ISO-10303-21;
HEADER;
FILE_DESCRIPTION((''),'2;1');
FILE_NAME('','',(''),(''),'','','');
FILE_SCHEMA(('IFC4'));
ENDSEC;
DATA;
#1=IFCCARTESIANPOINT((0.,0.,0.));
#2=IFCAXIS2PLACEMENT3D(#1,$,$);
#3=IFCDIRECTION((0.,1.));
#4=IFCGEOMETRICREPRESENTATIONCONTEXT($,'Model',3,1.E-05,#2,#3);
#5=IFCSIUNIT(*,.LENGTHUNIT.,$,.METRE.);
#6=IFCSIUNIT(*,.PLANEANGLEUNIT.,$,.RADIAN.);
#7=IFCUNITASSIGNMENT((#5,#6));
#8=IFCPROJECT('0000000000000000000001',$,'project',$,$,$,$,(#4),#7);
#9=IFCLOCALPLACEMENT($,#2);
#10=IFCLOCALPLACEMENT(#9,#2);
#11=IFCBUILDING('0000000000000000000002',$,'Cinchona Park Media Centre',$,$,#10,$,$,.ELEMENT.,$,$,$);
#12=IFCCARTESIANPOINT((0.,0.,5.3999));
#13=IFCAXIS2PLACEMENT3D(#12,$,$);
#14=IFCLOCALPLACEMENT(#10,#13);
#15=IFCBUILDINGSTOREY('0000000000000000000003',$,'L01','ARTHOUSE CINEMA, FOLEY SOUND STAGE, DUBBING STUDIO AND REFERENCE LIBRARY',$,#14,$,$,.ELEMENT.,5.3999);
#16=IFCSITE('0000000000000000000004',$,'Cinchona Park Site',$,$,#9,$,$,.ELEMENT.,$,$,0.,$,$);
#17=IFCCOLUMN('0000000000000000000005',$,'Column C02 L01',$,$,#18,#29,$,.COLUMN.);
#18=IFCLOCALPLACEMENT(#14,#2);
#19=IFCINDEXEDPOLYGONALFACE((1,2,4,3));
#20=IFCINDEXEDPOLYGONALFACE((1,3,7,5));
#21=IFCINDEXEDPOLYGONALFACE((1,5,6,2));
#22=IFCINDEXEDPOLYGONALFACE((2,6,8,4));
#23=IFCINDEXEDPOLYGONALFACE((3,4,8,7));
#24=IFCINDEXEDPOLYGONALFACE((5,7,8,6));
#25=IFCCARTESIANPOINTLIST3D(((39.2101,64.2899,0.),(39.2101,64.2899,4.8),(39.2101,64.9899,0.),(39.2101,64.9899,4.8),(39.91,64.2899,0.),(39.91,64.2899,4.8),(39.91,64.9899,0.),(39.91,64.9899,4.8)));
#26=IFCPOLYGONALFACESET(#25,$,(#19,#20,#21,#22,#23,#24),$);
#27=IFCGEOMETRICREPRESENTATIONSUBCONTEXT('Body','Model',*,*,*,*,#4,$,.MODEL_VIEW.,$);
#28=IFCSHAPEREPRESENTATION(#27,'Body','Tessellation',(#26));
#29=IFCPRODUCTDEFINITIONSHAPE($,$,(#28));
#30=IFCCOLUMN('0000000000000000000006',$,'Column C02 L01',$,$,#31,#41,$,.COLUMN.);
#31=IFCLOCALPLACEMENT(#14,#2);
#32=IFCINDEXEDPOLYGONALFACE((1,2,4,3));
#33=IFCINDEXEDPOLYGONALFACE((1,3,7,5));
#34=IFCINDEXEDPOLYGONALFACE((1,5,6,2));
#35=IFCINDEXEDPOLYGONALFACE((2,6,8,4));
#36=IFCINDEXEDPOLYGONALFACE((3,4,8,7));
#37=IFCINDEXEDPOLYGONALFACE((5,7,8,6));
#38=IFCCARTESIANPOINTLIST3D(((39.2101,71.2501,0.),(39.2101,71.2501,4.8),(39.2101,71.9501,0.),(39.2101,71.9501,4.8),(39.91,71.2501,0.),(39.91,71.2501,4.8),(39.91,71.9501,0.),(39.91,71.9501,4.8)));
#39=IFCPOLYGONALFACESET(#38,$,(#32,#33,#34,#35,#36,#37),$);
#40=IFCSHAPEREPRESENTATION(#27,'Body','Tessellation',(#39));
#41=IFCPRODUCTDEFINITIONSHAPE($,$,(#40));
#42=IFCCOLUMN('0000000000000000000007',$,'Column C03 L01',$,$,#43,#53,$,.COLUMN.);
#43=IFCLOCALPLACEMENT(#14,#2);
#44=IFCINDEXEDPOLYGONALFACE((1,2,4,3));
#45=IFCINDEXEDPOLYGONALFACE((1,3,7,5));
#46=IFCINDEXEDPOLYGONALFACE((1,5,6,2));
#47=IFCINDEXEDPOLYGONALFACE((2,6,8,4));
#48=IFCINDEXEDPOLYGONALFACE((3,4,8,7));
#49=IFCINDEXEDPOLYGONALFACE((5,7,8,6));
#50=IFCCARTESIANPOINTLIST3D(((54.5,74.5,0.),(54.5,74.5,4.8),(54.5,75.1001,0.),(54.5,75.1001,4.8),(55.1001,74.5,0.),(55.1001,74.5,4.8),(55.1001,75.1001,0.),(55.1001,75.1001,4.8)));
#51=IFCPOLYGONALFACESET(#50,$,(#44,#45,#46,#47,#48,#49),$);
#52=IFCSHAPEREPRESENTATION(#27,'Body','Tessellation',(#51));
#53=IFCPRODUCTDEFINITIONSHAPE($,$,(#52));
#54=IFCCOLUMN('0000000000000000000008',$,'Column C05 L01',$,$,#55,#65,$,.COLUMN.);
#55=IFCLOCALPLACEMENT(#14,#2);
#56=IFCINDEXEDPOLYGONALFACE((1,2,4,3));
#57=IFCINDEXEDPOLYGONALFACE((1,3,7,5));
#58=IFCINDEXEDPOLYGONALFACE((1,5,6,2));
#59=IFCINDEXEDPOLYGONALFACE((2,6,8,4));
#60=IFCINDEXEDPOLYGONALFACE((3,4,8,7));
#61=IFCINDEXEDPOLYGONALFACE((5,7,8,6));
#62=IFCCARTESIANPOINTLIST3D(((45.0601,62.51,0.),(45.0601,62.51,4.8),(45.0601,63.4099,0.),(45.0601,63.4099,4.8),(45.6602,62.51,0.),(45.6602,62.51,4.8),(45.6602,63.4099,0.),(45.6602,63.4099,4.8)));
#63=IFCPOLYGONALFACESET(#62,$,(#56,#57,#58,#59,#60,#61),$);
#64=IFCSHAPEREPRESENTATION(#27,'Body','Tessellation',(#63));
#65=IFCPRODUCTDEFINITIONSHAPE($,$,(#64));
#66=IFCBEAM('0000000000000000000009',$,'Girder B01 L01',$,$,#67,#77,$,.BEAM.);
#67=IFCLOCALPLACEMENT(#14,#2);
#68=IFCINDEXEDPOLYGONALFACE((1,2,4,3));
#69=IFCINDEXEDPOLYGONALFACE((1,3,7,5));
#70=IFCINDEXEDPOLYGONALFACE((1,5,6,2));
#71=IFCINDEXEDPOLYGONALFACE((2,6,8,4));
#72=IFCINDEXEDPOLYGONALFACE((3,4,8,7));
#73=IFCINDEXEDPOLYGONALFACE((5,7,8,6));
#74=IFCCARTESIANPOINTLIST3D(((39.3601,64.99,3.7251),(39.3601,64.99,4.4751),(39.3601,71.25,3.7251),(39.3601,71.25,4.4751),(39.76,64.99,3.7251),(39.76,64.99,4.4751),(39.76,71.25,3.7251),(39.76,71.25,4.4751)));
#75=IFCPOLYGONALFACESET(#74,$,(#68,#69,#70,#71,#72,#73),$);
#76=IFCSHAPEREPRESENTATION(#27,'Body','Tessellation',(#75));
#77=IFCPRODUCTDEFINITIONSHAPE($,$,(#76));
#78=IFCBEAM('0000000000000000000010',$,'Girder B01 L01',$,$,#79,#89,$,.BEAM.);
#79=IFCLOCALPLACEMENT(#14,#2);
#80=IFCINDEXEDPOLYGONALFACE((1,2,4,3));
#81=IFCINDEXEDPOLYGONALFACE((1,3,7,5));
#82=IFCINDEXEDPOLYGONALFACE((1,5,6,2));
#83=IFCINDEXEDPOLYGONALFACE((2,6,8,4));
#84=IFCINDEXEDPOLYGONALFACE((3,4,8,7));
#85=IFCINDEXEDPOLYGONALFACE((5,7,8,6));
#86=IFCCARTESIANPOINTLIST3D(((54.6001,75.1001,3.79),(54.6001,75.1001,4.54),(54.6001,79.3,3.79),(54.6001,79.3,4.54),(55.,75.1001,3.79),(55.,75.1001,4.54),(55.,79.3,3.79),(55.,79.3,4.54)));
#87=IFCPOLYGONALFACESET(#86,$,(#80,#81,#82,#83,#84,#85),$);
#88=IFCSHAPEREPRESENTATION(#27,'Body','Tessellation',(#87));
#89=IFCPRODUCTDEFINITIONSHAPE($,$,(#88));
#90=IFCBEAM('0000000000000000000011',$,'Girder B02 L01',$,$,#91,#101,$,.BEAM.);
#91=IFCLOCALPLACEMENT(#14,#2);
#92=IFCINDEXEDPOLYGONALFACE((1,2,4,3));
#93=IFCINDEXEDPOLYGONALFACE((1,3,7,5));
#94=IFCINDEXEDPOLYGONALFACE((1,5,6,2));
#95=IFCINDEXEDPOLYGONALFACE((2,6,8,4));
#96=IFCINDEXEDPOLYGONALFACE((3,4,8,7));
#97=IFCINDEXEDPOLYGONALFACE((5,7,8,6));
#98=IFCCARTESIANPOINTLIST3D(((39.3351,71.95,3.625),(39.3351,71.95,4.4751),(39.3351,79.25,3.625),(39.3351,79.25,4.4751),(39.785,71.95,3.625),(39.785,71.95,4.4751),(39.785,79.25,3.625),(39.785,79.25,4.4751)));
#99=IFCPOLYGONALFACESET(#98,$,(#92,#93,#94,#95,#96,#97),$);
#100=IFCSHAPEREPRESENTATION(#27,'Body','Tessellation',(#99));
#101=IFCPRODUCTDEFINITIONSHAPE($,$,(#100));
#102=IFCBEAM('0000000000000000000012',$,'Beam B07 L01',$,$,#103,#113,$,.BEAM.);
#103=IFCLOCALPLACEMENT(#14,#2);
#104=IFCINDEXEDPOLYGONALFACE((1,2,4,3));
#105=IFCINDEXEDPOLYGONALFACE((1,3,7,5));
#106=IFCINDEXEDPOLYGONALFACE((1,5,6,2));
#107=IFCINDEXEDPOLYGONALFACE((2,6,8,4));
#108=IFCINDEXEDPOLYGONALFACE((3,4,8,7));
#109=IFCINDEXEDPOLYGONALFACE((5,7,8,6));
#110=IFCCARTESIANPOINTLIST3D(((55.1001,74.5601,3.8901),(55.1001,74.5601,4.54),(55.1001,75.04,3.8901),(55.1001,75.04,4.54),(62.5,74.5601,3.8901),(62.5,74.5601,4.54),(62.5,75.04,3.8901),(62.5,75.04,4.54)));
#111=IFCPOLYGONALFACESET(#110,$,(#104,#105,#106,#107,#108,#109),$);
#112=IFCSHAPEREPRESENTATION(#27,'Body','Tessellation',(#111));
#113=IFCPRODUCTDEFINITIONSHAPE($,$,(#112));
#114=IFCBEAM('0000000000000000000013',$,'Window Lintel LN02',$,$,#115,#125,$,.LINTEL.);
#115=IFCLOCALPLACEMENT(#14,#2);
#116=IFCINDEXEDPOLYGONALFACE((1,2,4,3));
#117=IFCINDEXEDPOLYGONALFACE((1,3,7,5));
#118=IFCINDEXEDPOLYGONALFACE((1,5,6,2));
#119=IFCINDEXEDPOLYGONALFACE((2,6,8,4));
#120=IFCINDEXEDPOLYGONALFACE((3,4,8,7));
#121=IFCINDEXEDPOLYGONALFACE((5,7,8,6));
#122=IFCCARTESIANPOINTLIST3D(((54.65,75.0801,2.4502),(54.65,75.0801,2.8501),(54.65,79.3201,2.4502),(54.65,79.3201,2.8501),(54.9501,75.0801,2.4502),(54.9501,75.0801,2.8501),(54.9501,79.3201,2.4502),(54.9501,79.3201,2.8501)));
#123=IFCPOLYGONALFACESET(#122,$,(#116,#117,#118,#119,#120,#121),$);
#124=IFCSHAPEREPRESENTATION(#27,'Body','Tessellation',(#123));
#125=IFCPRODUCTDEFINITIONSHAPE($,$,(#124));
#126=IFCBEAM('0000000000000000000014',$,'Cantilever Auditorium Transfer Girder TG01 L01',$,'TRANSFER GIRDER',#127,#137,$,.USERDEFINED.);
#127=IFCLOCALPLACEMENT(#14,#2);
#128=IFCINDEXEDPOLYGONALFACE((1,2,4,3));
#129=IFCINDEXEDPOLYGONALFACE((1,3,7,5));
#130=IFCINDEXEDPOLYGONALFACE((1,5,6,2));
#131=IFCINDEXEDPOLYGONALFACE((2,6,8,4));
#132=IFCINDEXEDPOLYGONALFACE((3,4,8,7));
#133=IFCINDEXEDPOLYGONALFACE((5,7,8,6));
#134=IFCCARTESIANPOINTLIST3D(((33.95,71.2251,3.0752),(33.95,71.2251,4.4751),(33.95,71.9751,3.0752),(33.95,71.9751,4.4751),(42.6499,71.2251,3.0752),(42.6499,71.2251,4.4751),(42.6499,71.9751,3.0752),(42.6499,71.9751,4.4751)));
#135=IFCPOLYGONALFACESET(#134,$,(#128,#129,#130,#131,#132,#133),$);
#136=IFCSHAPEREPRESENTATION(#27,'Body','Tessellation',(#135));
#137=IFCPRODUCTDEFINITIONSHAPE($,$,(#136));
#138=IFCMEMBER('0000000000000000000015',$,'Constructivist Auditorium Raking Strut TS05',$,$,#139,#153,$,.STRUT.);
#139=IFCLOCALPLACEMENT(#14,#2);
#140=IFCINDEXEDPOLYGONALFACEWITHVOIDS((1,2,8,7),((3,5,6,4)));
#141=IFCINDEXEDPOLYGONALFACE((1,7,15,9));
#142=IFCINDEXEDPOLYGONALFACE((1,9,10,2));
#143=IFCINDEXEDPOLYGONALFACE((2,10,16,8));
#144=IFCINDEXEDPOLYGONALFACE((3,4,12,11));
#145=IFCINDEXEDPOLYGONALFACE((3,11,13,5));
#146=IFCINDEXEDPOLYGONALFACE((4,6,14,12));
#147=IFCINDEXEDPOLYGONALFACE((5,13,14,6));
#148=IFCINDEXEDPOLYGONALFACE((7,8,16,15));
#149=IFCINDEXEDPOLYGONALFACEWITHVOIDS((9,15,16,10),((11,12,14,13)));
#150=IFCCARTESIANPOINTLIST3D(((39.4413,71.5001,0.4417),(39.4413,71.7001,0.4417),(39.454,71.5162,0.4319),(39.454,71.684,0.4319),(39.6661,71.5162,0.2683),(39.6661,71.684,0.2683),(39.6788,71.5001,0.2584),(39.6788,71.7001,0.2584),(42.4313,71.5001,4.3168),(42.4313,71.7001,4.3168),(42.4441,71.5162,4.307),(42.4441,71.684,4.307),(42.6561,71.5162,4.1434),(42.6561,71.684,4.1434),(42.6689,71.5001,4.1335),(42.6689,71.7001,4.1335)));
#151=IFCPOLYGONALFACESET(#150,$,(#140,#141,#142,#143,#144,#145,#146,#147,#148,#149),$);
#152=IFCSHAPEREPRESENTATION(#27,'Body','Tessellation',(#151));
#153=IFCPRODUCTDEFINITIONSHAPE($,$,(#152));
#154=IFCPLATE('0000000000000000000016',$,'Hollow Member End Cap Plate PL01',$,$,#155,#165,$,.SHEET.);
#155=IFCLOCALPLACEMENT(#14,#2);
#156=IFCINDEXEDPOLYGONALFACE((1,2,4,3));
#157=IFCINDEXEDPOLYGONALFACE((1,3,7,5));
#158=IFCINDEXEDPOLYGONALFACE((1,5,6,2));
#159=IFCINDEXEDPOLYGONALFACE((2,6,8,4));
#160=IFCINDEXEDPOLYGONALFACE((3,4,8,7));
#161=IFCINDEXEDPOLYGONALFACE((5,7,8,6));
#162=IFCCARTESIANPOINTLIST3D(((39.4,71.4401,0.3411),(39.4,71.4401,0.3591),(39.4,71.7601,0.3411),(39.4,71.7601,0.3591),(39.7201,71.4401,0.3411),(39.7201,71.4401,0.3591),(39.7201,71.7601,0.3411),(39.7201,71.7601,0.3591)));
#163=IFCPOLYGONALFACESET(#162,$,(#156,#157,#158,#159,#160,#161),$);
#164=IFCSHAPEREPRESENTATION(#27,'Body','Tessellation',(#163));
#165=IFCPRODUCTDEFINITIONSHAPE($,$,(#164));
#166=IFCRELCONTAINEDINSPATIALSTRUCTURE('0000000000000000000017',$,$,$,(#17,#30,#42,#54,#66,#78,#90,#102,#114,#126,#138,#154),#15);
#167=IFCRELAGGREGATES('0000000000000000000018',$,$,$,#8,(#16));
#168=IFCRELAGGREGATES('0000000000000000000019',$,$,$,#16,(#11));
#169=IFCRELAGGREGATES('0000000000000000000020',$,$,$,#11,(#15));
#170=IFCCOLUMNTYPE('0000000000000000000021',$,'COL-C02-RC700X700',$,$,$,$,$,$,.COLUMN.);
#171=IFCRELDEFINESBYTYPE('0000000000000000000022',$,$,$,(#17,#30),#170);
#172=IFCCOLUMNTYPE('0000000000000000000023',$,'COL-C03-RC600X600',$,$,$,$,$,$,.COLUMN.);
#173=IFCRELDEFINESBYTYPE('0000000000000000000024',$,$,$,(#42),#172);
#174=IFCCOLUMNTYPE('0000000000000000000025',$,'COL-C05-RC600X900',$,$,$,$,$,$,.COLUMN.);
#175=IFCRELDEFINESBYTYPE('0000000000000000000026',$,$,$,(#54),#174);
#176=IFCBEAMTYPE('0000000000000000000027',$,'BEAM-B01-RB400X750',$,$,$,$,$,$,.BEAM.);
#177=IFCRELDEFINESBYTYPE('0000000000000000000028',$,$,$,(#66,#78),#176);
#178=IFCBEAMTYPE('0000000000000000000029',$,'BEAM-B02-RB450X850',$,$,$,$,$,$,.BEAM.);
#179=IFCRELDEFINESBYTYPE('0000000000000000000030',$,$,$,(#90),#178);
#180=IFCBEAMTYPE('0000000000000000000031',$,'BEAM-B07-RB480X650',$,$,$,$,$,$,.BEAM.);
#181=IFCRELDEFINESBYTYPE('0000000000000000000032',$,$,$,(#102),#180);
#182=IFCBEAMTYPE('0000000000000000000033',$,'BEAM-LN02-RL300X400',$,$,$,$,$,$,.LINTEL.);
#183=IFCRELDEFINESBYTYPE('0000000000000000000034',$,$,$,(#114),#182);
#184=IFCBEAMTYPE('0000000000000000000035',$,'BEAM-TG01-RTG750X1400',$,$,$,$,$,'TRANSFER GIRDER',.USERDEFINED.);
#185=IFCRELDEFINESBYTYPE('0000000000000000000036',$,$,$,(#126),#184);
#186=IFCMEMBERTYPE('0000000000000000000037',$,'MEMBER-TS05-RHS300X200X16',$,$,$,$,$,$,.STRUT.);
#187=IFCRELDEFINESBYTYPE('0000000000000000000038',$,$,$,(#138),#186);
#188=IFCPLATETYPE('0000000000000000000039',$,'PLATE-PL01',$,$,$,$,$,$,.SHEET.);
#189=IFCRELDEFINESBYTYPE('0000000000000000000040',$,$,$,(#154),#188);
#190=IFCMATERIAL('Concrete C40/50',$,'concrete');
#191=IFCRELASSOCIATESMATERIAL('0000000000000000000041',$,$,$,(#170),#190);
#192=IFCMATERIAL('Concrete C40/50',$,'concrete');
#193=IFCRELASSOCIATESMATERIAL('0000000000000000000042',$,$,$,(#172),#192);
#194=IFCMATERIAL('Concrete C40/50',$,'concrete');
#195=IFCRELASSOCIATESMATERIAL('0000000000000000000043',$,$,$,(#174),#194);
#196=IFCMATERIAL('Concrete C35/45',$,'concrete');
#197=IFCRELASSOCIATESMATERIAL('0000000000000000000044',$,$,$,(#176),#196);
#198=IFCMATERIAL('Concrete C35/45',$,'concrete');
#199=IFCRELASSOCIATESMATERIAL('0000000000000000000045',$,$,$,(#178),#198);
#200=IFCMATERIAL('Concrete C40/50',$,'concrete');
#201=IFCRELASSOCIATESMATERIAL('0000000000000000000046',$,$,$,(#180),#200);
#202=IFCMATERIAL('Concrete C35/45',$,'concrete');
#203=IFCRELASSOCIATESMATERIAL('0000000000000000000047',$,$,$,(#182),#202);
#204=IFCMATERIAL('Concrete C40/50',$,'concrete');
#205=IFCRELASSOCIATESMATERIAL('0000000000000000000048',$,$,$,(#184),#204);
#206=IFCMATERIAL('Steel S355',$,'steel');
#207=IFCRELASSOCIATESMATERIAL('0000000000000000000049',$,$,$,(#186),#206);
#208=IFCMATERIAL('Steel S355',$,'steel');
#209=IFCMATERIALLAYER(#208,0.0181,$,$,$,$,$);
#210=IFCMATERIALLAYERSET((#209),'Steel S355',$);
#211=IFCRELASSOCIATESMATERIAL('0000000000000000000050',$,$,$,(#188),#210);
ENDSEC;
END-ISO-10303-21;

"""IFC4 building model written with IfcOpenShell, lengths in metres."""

from ifc_helpers import new_model, si_unit, direction, frame, origin, origin_2d, place, context, subcontext, project, spatial, rectangle, hollow_rectangle, extrude, material, layer, layer_set, material_profile, profile_set, type_object, element, save


model = new_model("IFC4")

# Units and contexts
model_context = context("Model", 3, precision=1e-05, world=origin(), true_north=direction((0.0, 1.0)))
body_context = subcontext(model_context, "Body", "Model", "MODEL_VIEW")
ifc_project = project(units=[si_unit("LENGTHUNIT", "METRE"), si_unit("PLANEANGLEUNIT", "RADIAN")], contexts=[model_context])

# Site, building, storey
site_placement = place(None, origin())
site = spatial("IfcSite", under=ifc_project, at=site_placement, Name="Cinchona Park Site", CompositionType="ELEMENT", RefElevation=0.0)
building_placement = place(site_placement, origin())
building = spatial("IfcBuilding", under=site, at=building_placement, Name="Cinchona Park Media Centre", CompositionType="ELEMENT")
storey_placement = place(building_placement, frame((0.0, 0.0, 5.3999)))
storey = spatial("IfcBuildingStorey", under=building, at=storey_placement, Name="L01", Description="ARTHOUSE CINEMA, FOLEY SOUND STAGE, DUBBING STUDIO AND REFERENCE LIBRARY", CompositionType="ELEMENT", Elevation=5.3999)

# Columns
ifc_material_1 = material(Name="Concrete C40/50", Category="concrete")
ifc_material_profile_1 = material_profile(ifc_material_1, rectangle(XDim=0.7, YDim=0.7, at=origin_2d()), Name="RC 700X700")
ifc_profile_set_1 = profile_set([ifc_material_profile_1], Name="Concrete C40/50")
column_type_1 = type_object("IfcColumnType", Name="COL-C02-RC700X700", PredefinedType="COLUMN", material=ifc_profile_set_1)
for number, where, z_axis, x_axis, name in (
    (1, (39.5601, 64.6399, 0.0), (0.0, 0.0, 1.0), (1.0, 0.0, 0.0), "Column C02 L01"),
    (2, (39.5601, 71.6001, 0.0), (0.0, 0.0, 1.0), (1.0, 0.0, 0.0), "Column C02 L01"),
):
    element("IfcColumn", number, at=place(storey_placement, frame(where, z_axis=z_axis, x_axis=x_axis)), inside=storey, type_object=column_type_1, Name=name, PredefinedType="COLUMN", context=body_context, shape_type="SweptSolid", body=[
        extrude(rectangle(XDim=0.7, YDim=0.7, at=origin_2d()), origin(), (0.0, 0.0, 1.0), 4.8),
    ])
ifc_material_2 = material(Name="Concrete C40/50", Category="concrete")
ifc_material_profile_2 = material_profile(ifc_material_2, rectangle(XDim=0.6001, YDim=0.6001, at=origin_2d()), Name="RC 600X600")
ifc_profile_set_2 = profile_set([ifc_material_profile_2], Name="Concrete C40/50")
column_type_2 = type_object("IfcColumnType", Name="COL-C03-RC600X600", PredefinedType="COLUMN", material=ifc_profile_set_2)
column_1_placement = place(storey_placement, frame((54.8, 74.8, 0.0), z_axis=(0.0, 0.0, 1.0), x_axis=(1.0, 0.0, 0.0)))
element("IfcColumn", 3, at=column_1_placement, inside=storey, type_object=column_type_2, Name="Column C03 L01", PredefinedType="COLUMN", context=body_context, shape_type="SweptSolid", body=[
    extrude(rectangle(XDim=0.6001, YDim=0.6001, at=origin_2d()), origin(), (0.0, 0.0, 1.0), 4.8),
])
ifc_material_3 = material(Name="Concrete C40/50", Category="concrete")
ifc_material_profile_3 = material_profile(ifc_material_3, rectangle(XDim=0.6001, YDim=0.8999, at=origin_2d()), Name="RC 600X900")
ifc_profile_set_3 = profile_set([ifc_material_profile_3], Name="Concrete C40/50")
column_type_3 = type_object("IfcColumnType", Name="COL-C05-RC600X900", PredefinedType="COLUMN", material=ifc_profile_set_3)
column_2_placement = place(storey_placement, frame((45.3601, 62.96, 0.0), z_axis=(0.0, 0.0, 1.0), x_axis=(1.0, 0.0, 0.0)))
element("IfcColumn", 4, at=column_2_placement, inside=storey, type_object=column_type_3, Name="Column C05 L01", PredefinedType="COLUMN", context=body_context, shape_type="SweptSolid", body=[
    extrude(rectangle(XDim=0.6001, YDim=0.8999, at=origin_2d()), origin(), (0.0, 0.0, 1.0), 4.8),
])

# Beams
ifc_material_4 = material(Name="Concrete C35/45", Category="concrete")
ifc_material_profile_4 = material_profile(ifc_material_4, rectangle(XDim=0.3999, YDim=0.75, at=origin_2d()), Name="RB 400X750")
ifc_profile_set_4 = profile_set([ifc_material_profile_4], Name="Concrete C35/45")
beam_type_1 = type_object("IfcBeamType", Name="BEAM-B01-RB400X750", PredefinedType="BEAM", material=ifc_profile_set_4)
beam_1_placement = place(storey_placement, frame((39.5601, 64.99, 4.1001), z_axis=(0.0, 1.0, 0.0), x_axis=(-1.0, 0.0, 0.0)))
element("IfcBeam", 5, at=beam_1_placement, inside=storey, type_object=beam_type_1, Name="Girder B01 L01", PredefinedType="BEAM", context=body_context, shape_type="SweptSolid", body=[
    extrude(rectangle(XDim=0.3999, YDim=0.75, at=origin_2d()), origin(), (0.0, 0.0, 1.0), 6.26),
])
beam_2_placement = place(storey_placement, frame((54.8, 75.1001, 4.165), z_axis=(0.0, 1.0, 0.0), x_axis=(-1.0, 0.0, 0.0)))
element("IfcBeam", 6, at=beam_2_placement, inside=storey, type_object=beam_type_1, Name="Girder B01 L01", PredefinedType="BEAM", context=body_context, shape_type="SweptSolid", body=[
    extrude(rectangle(XDim=0.3999, YDim=0.75, at=origin_2d()), origin(), (0.0, 0.0, 1.0), 4.2),
])
ifc_material_5 = material(Name="Concrete C35/45", Category="concrete")
ifc_material_profile_5 = material_profile(ifc_material_5, rectangle(XDim=0.45, YDim=0.8501, at=origin_2d()), Name="RB 450X850")
ifc_profile_set_5 = profile_set([ifc_material_profile_5], Name="Concrete C35/45")
beam_type_2 = type_object("IfcBeamType", Name="BEAM-B02-RB450X850", PredefinedType="BEAM", material=ifc_profile_set_5)
beam_3_placement = place(storey_placement, frame((39.5601, 71.95, 4.05), z_axis=(0.0, 1.0, 0.0), x_axis=(-1.0, 0.0, 0.0)))
element("IfcBeam", 7, at=beam_3_placement, inside=storey, type_object=beam_type_2, Name="Girder B02 L01", PredefinedType="BEAM", context=body_context, shape_type="SweptSolid", body=[
    extrude(rectangle(XDim=0.45, YDim=0.8501, at=origin_2d()), origin(), (0.0, 0.0, 1.0), 7.3),
])
ifc_material_6 = material(Name="Concrete C40/50", Category="concrete")
ifc_material_profile_6 = material_profile(ifc_material_6, rectangle(XDim=0.48, YDim=0.6499, at=origin_2d()), Name="RB 480X650")
ifc_profile_set_6 = profile_set([ifc_material_profile_6], Name="Concrete C40/50")
beam_type_3 = type_object("IfcBeamType", Name="BEAM-B07-RB480X650", PredefinedType="BEAM", material=ifc_profile_set_6)
beam_4_placement = place(storey_placement, frame((55.1001, 74.8, 4.2151), z_axis=(1.0, 0.0, 0.0), x_axis=(0.0, 1.0, 0.0)))
element("IfcBeam", 8, at=beam_4_placement, inside=storey, type_object=beam_type_3, Name="Beam B07 L01", PredefinedType="BEAM", context=body_context, shape_type="SweptSolid", body=[
    extrude(rectangle(XDim=0.48, YDim=0.6499, at=origin_2d()), origin(), (0.0, 0.0, 1.0), 7.3999),
])
ifc_material_7 = material(Name="Concrete C35/45", Category="concrete")
ifc_material_profile_7 = material_profile(ifc_material_7, rectangle(XDim=0.3, YDim=0.3999, at=origin_2d()), Name="RL 300X400")
ifc_profile_set_7 = profile_set([ifc_material_profile_7], Name="Concrete C35/45")
beam_type_4 = type_object("IfcBeamType", Name="BEAM-LN02-RL300X400", PredefinedType="LINTEL", material=ifc_profile_set_7)
beam_5_placement = place(storey_placement, frame((54.8, 75.0801, 2.6501), z_axis=(0.0, 1.0, 0.0), x_axis=(-1.0, 0.0, 0.0)))
element("IfcBeam", 9, at=beam_5_placement, inside=storey, type_object=beam_type_4, Name="Window Lintel LN02", PredefinedType="LINTEL", context=body_context, shape_type="SweptSolid", body=[
    extrude(rectangle(XDim=0.3, YDim=0.3999, at=origin_2d()), origin(), (0.0, 0.0, 1.0), 4.24),
])
ifc_material_8 = material(Name="Concrete C40/50", Category="concrete")
ifc_material_profile_8 = material_profile(ifc_material_8, rectangle(XDim=0.75, YDim=1.3999, at=origin_2d()), Name="RTG 750X1400")
ifc_profile_set_8 = profile_set([ifc_material_profile_8], Name="Concrete C40/50")
beam_type_5 = type_object("IfcBeamType", Name="BEAM-TG01-RTG750X1400", ElementType="TRANSFER GIRDER", PredefinedType="USERDEFINED", material=ifc_profile_set_8)
beam_6_placement = place(storey_placement, frame((33.95, 71.6001, 3.7751), z_axis=(1.0, 0.0, 0.0), x_axis=(0.0, 1.0, 0.0)))
element("IfcBeam", 10, at=beam_6_placement, inside=storey, type_object=beam_type_5, Name="Cantilever Auditorium Transfer Girder TG01 L01", ObjectType="TRANSFER GIRDER", PredefinedType="USERDEFINED", context=body_context, shape_type="SweptSolid", body=[
    extrude(rectangle(XDim=0.75, YDim=1.3999, at=origin_2d()), origin(), (0.0, 0.0, 1.0), 8.7),
])

# Member
ifc_material_9 = material(Name="Steel S355", Category="steel")
ifc_material_profile_9 = material_profile(ifc_material_9, hollow_rectangle(XDim=0.2, YDim=0.3, WallThickness=0.0161, at=origin_2d()), Name="300X200X16RHS")
ifc_profile_set_9 = profile_set([ifc_material_profile_9], Name="Steel S355")
member_type = type_object("IfcMemberType", Name="MEMBER-TS05-RHS300X200X16", PredefinedType="STRUT", material=ifc_profile_set_9)
member_placement = place(storey_placement, frame((39.5601, 71.6001, 0.3501), z_axis=(0.610894, 0.0, 0.791713), x_axis=(0.0, 1.0, 0.0)))
element("IfcMember", 11, at=member_placement, inside=storey, type_object=member_type, Name="Constructivist Auditorium Raking Strut TS05", PredefinedType="STRUT", context=body_context, shape_type="SweptSolid", body=[
    extrude(hollow_rectangle(XDim=0.2, YDim=0.3, WallThickness=0.0161, at=origin_2d()), origin(), (0.0, 0.0, 1.0), 4.8945),
])

# Plate
ifc_material_10 = material(Name="Steel S355", Category="steel")
ifc_layer_1 = layer(ifc_material_10, 0.0181)
ifc_layer_set_1 = layer_set([ifc_layer_1], Name="Steel S355")
plate_type_1 = type_object("IfcPlateType", Name="PLATE-PL01", PredefinedType="SHEET", material=ifc_layer_set_1)
plate_1_placement = place(storey_placement, frame((39.5601, 71.6001, 0.3411), z_axis=(0.0, 0.0, 1.0), x_axis=(1.0, 0.0, 0.0)))
element("IfcPlate", 12, at=plate_1_placement, inside=storey, type_object=plate_type_1, Name="Hollow Member End Cap Plate PL01", PredefinedType="SHEET", context=body_context, shape_type="SweptSolid", body=[
    extrude(rectangle(XDim=0.3201, YDim=0.3201, at=origin_2d()), origin(), (0.0, 0.0, 1.0), 0.0181),
])

save(model, "model.ifc")
